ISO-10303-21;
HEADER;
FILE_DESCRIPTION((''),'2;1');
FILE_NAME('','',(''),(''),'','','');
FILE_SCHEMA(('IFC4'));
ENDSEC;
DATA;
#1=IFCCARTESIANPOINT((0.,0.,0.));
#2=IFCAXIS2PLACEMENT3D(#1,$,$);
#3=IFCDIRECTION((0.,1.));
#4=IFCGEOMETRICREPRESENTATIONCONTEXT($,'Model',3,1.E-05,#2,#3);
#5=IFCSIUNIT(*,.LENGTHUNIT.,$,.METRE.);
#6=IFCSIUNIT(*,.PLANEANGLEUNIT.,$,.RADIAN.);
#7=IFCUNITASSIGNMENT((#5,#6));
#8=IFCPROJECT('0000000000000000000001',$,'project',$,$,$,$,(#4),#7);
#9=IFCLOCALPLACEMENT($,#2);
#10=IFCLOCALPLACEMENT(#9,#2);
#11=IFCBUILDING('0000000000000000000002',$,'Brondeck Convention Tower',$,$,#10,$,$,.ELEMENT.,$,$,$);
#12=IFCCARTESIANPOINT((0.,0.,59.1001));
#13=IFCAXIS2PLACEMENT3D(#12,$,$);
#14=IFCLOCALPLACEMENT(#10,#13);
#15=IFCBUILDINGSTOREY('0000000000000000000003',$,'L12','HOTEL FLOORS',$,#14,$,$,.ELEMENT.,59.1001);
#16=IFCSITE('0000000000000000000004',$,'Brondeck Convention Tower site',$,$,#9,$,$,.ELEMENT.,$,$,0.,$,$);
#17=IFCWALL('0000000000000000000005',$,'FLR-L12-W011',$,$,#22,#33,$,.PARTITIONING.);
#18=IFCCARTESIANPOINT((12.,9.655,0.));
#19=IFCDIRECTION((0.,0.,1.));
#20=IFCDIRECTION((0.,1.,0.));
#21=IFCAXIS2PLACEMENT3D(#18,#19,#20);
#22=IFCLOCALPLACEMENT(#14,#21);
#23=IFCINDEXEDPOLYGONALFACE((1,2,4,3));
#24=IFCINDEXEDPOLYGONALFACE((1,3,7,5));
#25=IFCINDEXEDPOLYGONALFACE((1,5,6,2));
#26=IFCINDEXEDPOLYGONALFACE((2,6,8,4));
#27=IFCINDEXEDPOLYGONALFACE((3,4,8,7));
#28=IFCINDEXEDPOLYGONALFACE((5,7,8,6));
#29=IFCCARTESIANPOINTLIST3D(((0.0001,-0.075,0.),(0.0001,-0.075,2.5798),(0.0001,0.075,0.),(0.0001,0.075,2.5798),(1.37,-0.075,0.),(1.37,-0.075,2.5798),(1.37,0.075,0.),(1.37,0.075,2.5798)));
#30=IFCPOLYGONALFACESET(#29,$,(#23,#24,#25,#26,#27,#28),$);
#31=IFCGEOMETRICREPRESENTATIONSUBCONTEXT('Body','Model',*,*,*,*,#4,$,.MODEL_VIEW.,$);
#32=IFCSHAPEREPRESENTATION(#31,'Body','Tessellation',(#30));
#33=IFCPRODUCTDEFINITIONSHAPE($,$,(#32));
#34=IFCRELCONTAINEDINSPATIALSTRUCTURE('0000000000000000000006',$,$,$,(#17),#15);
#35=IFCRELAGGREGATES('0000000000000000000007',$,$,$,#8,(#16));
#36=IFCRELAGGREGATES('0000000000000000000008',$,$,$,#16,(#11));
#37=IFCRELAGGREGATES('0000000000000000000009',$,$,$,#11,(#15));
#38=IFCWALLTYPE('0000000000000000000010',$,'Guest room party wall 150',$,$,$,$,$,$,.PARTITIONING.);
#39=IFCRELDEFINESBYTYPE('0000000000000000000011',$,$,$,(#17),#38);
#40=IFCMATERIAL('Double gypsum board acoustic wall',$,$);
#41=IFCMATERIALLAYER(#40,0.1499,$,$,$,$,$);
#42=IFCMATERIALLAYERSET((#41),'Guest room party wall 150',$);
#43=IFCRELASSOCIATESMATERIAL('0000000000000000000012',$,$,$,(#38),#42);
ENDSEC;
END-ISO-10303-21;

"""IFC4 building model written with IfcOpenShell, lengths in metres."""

from ifc_helpers import new_model, si_unit, direction, frame, frame_2d, origin, place, context, subcontext, project, spatial, rectangle, extrude, material, layer, layer_set, type_object, element, save


model = new_model("IFC4")

# Units and contexts
model_context = context("Model", 3, precision=1e-05, world=origin(), true_north=direction((0.0, 1.0)))
body_context = subcontext(model_context, "Body", "Model", "MODEL_VIEW")
ifc_project = project(units=[si_unit("LENGTHUNIT", "METRE"), si_unit("PLANEANGLEUNIT", "RADIAN")], contexts=[model_context])

# Site, building, storey
site_placement = place(None, origin())
site = spatial("IfcSite", under=ifc_project, at=site_placement, Name="Brondeck Convention Tower site", CompositionType="ELEMENT", RefElevation=0.0)
building_placement = place(site_placement, origin())
building = spatial("IfcBuilding", under=site, at=building_placement, Name="Brondeck Convention Tower", CompositionType="ELEMENT")
storey_placement = place(building_placement, frame((0.0, 0.0, 59.1001)))
storey = spatial("IfcBuildingStorey", under=building, at=storey_placement, Name="L12", Description="HOTEL FLOORS", CompositionType="ELEMENT", Elevation=59.1001)

# Wall
ifc_material_1 = material(Name="Double gypsum board acoustic wall")
ifc_layer_1 = layer(ifc_material_1, 0.1499)
ifc_layer_set_1 = layer_set([ifc_layer_1], Name="Guest room party wall 150")
wall_type_1 = type_object("IfcWallType", Name="Guest room party wall 150", PredefinedType="PARTITIONING", material=ifc_layer_set_1)
wall_1_placement = place(storey_placement, frame((12.0, 9.655, 0.0), z_axis=(0.0, 0.0, 1.0), x_axis=(0.0, 1.0, 0.0)))
element("IfcWall", 1, at=wall_1_placement, inside=storey, type_object=wall_type_1, Name="FLR-L12-W011", PredefinedType="PARTITIONING", context=body_context, shape_type="SweptSolid", body=[
    extrude(rectangle(XDim=1.3699, YDim=0.1499, at=frame_2d((0.6851, 0.0))), origin(), (0.0, 0.0, 1.0), 2.5798),
])

save(model, "model.ifc")
